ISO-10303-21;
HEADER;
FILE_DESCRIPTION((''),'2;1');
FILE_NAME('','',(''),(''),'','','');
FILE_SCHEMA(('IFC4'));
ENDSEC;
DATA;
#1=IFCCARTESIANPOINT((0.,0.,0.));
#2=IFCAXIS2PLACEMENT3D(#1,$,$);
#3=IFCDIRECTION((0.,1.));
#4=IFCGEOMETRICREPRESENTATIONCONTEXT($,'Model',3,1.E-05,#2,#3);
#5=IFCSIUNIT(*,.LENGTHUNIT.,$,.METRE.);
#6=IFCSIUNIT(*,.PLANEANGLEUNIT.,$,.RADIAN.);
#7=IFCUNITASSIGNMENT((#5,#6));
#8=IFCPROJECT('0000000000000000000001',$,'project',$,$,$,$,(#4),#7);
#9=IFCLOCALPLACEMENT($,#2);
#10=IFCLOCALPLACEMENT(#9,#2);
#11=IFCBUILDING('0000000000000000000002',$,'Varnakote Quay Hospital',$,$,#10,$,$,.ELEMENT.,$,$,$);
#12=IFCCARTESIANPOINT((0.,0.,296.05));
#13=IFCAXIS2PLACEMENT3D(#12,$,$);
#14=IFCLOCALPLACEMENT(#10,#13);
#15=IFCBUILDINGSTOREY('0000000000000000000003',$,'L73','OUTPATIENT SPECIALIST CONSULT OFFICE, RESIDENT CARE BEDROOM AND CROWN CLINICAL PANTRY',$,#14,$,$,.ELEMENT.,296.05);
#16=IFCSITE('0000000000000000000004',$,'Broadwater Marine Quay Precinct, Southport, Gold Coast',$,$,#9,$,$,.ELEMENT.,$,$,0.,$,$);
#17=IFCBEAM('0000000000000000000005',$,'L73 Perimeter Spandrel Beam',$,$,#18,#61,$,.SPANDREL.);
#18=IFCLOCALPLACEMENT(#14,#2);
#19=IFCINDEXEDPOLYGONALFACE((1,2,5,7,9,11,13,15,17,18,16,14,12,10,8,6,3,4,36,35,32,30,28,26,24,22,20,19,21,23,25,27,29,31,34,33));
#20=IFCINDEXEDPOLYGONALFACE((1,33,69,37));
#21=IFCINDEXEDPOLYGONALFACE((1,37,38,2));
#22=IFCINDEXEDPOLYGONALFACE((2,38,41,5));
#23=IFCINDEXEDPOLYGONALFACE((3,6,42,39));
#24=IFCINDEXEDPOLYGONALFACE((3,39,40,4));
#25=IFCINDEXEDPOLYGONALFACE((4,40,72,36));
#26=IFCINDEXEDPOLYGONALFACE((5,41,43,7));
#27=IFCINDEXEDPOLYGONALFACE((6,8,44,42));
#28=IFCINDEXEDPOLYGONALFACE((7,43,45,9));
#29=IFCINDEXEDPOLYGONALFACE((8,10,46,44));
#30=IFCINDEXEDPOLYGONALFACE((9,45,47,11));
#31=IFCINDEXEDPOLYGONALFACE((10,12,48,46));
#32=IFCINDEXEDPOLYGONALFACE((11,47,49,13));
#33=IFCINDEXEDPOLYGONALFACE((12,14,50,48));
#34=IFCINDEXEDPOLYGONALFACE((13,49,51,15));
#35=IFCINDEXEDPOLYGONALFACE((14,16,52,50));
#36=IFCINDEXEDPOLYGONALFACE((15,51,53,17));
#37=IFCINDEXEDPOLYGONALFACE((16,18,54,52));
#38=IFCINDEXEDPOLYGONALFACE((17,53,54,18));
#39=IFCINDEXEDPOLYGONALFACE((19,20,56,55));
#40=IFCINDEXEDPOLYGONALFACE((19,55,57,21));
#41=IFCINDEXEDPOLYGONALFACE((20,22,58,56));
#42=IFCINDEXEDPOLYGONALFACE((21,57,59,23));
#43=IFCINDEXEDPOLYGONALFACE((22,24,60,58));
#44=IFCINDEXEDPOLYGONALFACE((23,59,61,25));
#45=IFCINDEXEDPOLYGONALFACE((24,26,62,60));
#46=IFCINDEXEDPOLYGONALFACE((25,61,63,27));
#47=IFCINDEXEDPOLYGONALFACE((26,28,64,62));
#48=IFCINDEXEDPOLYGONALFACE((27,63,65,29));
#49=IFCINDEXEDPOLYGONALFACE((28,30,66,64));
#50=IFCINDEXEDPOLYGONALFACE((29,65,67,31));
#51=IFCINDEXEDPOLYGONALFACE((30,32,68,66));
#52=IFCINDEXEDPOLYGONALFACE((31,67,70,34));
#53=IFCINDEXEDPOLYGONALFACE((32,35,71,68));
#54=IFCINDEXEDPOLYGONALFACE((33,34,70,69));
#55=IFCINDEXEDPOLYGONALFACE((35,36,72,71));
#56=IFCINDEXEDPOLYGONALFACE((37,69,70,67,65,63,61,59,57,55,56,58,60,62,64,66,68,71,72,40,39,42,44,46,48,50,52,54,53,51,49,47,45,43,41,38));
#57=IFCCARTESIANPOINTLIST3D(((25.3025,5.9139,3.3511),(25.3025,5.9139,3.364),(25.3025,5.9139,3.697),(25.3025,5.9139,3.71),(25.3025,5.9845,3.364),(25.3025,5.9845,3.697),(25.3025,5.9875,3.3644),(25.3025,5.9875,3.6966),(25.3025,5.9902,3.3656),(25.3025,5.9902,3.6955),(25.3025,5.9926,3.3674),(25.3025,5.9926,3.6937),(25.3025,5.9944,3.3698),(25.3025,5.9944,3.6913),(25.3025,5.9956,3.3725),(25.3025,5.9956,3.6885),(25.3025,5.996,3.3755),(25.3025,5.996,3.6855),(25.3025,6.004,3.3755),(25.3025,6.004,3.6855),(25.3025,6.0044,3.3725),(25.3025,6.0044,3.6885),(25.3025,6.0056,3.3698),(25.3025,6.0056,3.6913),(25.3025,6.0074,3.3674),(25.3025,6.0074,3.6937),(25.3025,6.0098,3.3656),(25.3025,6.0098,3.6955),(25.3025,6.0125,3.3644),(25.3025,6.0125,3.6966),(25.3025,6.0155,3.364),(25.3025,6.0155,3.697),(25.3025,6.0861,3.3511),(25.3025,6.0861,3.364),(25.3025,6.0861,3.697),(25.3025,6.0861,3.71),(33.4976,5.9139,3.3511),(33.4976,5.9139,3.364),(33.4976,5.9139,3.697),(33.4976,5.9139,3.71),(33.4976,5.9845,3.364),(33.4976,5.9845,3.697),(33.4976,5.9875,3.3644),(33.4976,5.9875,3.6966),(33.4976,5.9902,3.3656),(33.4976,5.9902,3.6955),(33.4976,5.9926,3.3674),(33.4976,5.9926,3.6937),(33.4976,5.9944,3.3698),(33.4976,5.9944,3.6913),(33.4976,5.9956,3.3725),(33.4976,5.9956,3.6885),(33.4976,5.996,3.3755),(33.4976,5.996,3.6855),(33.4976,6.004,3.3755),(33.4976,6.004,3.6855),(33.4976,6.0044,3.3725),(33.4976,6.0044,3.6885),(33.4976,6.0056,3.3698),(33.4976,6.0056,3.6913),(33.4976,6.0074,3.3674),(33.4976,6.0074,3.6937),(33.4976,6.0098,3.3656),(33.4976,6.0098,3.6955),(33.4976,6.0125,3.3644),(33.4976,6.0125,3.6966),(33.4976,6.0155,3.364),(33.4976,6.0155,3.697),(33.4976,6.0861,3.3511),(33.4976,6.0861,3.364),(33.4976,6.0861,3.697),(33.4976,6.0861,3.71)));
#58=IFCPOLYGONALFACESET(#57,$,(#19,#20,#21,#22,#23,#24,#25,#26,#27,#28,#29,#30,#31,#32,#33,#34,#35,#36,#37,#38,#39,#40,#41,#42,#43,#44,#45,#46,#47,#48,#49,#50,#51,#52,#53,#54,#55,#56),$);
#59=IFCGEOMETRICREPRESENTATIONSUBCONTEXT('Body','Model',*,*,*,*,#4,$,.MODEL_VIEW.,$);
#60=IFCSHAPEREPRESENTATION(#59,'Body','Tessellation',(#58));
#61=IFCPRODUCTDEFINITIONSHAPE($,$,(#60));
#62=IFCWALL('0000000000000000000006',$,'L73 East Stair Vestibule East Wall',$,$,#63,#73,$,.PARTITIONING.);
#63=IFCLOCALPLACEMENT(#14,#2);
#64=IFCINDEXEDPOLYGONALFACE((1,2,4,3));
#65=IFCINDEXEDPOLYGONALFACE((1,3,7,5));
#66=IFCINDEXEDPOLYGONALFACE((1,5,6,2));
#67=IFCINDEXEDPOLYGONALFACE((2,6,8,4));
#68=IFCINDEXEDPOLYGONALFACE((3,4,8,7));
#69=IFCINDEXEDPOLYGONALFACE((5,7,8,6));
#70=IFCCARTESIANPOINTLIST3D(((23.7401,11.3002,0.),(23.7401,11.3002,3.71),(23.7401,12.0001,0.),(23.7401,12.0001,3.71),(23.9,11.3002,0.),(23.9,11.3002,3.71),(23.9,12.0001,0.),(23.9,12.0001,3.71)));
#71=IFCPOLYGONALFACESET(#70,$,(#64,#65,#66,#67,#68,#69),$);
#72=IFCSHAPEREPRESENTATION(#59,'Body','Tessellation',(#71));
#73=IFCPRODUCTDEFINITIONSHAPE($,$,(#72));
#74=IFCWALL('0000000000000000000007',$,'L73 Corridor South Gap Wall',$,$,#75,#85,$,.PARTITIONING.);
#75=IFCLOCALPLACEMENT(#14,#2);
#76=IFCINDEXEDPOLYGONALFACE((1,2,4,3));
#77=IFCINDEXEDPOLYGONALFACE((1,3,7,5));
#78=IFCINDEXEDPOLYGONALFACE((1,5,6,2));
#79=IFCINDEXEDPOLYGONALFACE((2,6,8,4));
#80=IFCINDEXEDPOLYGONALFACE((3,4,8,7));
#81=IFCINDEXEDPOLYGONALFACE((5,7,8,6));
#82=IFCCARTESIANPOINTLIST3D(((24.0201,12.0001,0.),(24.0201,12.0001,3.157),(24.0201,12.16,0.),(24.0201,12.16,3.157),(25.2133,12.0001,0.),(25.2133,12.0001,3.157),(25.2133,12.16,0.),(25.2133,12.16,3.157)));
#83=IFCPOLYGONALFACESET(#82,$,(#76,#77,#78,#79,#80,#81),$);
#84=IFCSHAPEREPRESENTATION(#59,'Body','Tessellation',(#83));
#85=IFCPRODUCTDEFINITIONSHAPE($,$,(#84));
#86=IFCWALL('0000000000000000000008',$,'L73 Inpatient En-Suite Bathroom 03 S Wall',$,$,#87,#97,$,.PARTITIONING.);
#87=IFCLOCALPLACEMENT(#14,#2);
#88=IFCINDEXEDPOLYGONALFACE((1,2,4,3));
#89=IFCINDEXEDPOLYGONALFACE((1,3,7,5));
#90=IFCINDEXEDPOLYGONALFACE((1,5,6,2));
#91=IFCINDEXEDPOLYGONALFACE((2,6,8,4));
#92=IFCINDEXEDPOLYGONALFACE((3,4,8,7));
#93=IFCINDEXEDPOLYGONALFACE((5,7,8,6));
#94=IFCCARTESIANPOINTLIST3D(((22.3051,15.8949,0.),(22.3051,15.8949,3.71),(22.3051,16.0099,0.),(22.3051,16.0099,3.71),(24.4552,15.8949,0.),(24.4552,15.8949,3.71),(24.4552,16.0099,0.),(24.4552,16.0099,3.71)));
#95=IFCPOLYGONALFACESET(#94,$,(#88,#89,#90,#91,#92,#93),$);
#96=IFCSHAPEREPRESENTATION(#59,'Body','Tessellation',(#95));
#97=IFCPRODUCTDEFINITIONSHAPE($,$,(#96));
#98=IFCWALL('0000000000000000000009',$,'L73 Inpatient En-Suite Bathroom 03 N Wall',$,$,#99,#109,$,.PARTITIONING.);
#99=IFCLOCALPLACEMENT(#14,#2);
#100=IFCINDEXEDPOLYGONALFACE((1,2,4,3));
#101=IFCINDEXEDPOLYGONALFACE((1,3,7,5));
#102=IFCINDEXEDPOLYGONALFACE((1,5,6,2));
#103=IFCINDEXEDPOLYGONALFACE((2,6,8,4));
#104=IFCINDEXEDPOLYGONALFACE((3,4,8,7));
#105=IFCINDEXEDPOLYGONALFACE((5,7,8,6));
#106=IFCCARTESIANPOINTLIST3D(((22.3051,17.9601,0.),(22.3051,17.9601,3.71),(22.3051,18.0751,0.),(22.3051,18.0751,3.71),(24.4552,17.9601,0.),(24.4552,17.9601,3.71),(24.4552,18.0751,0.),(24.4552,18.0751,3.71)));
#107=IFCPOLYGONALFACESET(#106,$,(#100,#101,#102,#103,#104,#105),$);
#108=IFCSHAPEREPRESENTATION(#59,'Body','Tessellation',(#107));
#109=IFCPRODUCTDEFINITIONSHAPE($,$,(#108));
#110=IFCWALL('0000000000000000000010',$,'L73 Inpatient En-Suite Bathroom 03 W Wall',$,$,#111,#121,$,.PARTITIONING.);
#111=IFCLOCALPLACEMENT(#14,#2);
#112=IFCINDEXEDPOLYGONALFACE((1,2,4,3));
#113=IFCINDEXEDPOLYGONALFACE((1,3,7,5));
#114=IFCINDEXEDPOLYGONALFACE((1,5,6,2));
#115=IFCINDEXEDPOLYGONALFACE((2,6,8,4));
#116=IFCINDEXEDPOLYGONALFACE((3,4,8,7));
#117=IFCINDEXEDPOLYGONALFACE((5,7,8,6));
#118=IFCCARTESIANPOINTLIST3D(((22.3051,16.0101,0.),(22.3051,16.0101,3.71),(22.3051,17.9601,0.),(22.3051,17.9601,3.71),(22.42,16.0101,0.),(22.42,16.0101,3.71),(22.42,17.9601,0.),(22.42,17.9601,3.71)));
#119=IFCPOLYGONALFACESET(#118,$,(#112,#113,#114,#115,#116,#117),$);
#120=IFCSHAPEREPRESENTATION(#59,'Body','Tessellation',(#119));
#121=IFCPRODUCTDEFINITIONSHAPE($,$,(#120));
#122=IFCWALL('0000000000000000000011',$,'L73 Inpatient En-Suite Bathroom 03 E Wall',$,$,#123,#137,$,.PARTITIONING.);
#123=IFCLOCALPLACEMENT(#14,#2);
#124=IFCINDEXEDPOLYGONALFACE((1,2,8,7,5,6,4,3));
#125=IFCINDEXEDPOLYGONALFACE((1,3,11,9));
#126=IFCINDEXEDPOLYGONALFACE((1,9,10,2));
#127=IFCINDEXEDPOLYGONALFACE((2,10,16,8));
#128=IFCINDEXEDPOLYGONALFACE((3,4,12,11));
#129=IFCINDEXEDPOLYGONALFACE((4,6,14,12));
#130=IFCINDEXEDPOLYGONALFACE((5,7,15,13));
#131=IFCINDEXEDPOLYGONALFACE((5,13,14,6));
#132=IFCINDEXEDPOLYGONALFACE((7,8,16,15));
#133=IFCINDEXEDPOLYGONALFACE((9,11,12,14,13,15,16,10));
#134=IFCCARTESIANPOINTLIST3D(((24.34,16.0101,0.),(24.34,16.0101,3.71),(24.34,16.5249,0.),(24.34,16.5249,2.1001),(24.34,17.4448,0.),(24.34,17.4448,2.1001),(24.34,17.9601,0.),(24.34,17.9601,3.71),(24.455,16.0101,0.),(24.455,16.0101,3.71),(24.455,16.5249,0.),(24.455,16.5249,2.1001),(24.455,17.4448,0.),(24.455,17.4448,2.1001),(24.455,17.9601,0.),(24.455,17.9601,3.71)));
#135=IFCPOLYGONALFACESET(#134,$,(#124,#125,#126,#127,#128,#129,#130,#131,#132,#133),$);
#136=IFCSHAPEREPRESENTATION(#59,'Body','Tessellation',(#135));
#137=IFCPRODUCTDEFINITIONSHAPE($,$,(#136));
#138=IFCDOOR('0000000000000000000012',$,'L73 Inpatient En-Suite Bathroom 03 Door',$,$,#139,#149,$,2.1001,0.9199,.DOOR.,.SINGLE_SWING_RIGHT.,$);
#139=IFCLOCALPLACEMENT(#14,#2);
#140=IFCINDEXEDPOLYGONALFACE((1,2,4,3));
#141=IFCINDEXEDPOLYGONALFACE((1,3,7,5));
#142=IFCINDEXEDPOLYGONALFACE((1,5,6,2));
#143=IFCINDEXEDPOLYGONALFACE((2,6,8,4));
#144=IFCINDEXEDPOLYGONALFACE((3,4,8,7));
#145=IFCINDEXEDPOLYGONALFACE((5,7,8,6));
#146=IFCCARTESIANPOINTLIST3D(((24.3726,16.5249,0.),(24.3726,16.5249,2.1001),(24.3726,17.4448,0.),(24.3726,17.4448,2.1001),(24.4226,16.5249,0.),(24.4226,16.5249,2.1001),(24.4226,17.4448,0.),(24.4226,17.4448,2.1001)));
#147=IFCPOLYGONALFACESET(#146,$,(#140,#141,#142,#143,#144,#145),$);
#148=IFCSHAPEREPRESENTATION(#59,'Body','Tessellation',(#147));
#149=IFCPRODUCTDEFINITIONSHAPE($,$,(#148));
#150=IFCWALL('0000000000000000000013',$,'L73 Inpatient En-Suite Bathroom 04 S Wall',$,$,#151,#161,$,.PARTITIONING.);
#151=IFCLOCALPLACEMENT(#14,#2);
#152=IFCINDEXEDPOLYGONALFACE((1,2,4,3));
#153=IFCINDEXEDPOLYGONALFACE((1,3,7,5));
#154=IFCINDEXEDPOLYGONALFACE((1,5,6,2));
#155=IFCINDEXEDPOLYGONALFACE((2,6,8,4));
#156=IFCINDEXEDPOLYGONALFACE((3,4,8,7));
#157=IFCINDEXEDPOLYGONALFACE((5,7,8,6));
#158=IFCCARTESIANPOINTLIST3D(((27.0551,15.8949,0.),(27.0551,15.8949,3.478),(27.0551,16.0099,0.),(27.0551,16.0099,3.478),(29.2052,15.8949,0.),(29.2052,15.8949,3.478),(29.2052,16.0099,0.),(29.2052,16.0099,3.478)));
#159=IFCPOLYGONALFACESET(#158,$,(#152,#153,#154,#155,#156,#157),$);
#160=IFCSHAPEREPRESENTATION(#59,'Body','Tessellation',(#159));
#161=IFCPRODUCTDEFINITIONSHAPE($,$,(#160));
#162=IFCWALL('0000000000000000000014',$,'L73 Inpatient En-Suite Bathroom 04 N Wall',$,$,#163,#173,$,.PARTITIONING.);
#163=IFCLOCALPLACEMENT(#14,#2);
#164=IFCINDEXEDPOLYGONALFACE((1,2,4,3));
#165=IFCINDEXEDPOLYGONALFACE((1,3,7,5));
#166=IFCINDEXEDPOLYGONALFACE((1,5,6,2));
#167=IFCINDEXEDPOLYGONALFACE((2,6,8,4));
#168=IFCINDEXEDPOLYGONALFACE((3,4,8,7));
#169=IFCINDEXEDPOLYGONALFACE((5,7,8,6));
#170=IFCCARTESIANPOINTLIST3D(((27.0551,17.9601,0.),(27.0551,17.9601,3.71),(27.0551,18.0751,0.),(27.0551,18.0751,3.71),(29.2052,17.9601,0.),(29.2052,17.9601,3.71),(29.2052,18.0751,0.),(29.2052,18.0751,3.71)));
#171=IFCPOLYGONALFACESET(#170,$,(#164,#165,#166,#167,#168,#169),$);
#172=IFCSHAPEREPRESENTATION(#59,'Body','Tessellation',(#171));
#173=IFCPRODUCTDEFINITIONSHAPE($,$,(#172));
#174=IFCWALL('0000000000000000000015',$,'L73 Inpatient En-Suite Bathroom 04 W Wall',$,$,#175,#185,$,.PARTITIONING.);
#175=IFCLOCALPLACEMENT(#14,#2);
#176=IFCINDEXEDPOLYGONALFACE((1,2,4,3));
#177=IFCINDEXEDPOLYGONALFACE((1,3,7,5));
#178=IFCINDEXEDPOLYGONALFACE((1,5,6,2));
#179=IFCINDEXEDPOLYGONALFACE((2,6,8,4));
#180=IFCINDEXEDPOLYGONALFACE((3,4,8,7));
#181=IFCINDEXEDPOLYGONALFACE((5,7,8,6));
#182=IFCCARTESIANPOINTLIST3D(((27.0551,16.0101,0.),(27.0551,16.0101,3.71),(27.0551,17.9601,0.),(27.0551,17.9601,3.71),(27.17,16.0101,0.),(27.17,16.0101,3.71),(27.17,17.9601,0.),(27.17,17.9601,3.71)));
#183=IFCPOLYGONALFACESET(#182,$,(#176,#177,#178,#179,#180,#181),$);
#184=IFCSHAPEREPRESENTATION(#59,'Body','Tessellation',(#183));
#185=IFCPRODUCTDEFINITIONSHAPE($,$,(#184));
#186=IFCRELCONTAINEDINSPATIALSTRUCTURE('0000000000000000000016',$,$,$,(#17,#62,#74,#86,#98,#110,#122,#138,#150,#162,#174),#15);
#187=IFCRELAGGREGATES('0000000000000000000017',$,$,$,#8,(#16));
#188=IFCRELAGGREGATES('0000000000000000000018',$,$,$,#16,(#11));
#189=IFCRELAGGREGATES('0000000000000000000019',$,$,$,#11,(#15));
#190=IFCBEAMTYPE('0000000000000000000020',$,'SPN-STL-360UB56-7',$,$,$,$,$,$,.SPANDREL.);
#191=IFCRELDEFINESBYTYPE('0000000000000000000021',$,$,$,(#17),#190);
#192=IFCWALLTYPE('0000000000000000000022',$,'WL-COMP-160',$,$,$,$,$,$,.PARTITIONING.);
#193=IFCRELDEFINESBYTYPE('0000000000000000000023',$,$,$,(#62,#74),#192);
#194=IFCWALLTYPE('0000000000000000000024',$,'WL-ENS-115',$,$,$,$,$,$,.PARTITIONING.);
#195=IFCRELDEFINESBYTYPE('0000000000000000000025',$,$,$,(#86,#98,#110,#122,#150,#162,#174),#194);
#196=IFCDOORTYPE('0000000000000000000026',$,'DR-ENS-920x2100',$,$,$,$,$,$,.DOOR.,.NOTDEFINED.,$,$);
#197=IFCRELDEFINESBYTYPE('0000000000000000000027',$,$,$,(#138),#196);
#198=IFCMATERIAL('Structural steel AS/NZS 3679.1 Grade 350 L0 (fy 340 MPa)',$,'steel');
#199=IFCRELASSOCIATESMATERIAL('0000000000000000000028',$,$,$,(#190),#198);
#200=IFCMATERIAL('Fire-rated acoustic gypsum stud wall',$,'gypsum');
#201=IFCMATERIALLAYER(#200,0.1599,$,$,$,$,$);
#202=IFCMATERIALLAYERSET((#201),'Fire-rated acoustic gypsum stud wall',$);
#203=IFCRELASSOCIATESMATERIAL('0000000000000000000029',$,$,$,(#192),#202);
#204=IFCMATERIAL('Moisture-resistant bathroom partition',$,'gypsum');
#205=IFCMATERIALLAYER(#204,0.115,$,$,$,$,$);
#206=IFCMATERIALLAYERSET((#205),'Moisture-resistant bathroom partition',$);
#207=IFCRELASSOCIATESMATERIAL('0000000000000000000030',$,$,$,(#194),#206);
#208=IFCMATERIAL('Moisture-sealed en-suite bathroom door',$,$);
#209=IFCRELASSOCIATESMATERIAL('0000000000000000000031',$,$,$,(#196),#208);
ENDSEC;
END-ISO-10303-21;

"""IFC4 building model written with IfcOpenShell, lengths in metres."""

from ifc_helpers import new_model, si_unit, direction, frame, frame_2d, origin, origin_2d, place, context, subcontext, project, spatial, rectangle, i_section, extrude, material, layer, layer_set, material_profile, profile_set, type_object, element, fill, save


model = new_model("IFC4")

# Units and contexts
model_context = context("Model", 3, precision=1e-05, world=origin(), true_north=direction((0.0, 1.0)))
body_context = subcontext(model_context, "Body", "Model", "MODEL_VIEW")
ifc_project = project(units=[si_unit("LENGTHUNIT", "METRE"), si_unit("PLANEANGLEUNIT", "RADIAN")], contexts=[model_context])

# Site, building, storey
site_placement = place(None, origin())
site = spatial("IfcSite", under=ifc_project, at=site_placement, Name="Broadwater Marine Quay Precinct, Southport, Gold Coast", CompositionType="ELEMENT", RefElevation=0.0)
building_placement = place(site_placement, origin())
building = spatial("IfcBuilding", under=site, at=building_placement, Name="Varnakote Quay Hospital", CompositionType="ELEMENT")
storey_placement = place(building_placement, frame((0.0, 0.0, 296.05)))
storey = spatial("IfcBuildingStorey", under=building, at=storey_placement, Name="L73", Description="OUTPATIENT SPECIALIST CONSULT OFFICE, RESIDENT CARE BEDROOM AND CROWN CLINICAL PANTRY", CompositionType="ELEMENT", Elevation=296.05)

# Beam
ifc_material_1 = material(Name="Structural steel AS/NZS 3679.1 Grade 350 L0 (fy 340 MPa)", Category="steel")
ifc_material_profile_1 = material_profile(ifc_material_1, i_section(OverallWidth=0.1721, OverallDepth=0.3589, WebThickness=0.0081, FlangeThickness=0.0129, FilletRadius=0.0115, at=origin_2d()), Name="360UB56.7")
ifc_profile_set_1 = profile_set([ifc_material_profile_1], Name="Structural steel AS/NZS 3679.1 Grade 350 L0 (fy 340 MPa)")
beam_type_1 = type_object("IfcBeamType", Name="SPN-STL-360UB56-7", PredefinedType="SPANDREL", material=ifc_profile_set_1)
beam_1_placement = place(storey_placement, frame((25.3025, 6.0, 3.5305), z_axis=(1.0, 0.0, 0.0), x_axis=(0.0, 1.0, 0.0)))
element("IfcBeam", 1, at=beam_1_placement, inside=storey, type_object=beam_type_1, Name="L73 Perimeter Spandrel Beam", PredefinedType="SPANDREL", context=body_context, shape_type="SweptSolid", body=[
    extrude(i_section(OverallWidth=0.1721, OverallDepth=0.3589, WebThickness=0.0081, FlangeThickness=0.0129, FilletRadius=0.0115, at=origin_2d()), origin(), (0.0, 0.0, 1.0), 8.1951),
])

# Walls
ifc_material_2 = material(Name="Fire-rated acoustic gypsum stud wall", Category="gypsum")
ifc_layer_1 = layer(ifc_material_2, 0.1599)
ifc_layer_set_1 = layer_set([ifc_layer_1], Name="Fire-rated acoustic gypsum stud wall")
wall_type_1 = type_object("IfcWallType", Name="WL-COMP-160", PredefinedType="PARTITIONING", material=ifc_layer_set_1)
wall_1_placement = place(storey_placement, frame((23.8201, 11.3, 0.0), z_axis=(0.0, 0.0, 1.0), x_axis=(0.0, 1.0, 0.0)))
element("IfcWall", 2, at=wall_1_placement, inside=storey, type_object=wall_type_1, Name="L73 East Stair Vestibule East Wall", PredefinedType="PARTITIONING", context=body_context, shape_type="SweptSolid", body=[
    extrude(rectangle(XDim=0.7, YDim=0.1599, at=frame_2d((0.3501, 0.0))), origin(), (0.0, 0.0, 1.0), 3.71),
])
wall_2_placement = place(storey_placement, frame((24.02, 12.0801, 0.0), z_axis=(0.0, 0.0, 1.0), x_axis=(1.0, 0.0, 0.0)))
element("IfcWall", 3, at=wall_2_placement, inside=storey, type_object=wall_type_1, Name="L73 Corridor South Gap Wall", PredefinedType="PARTITIONING", context=body_context, shape_type="SweptSolid", body=[
    extrude(rectangle(XDim=1.1931, YDim=0.1599, at=frame_2d((0.5967, 0.0))), origin(), (0.0, 0.0, 1.0), 3.157),
])
ifc_material_3 = material(Name="Moisture-resistant bathroom partition", Category="gypsum")
ifc_layer_2 = layer(ifc_material_3, 0.115)
ifc_layer_set_2 = layer_set([ifc_layer_2], Name="Moisture-resistant bathroom partition")
wall_type_2 = type_object("IfcWallType", Name="WL-ENS-115", PredefinedType="PARTITIONING", material=ifc_layer_set_2)
for number, where, z_axis, x_axis, name in (
    (4, (22.3049, 15.9524, 0.0), (0.0, 0.0, 1.0), (1.0, 0.0, 0.0), "L73 Inpatient En-Suite Bathroom 03 S Wall"),
    (5, (22.3049, 18.0176, 0.0), (0.0, 0.0, 1.0), (1.0, 0.0, 0.0), "L73 Inpatient En-Suite Bathroom 03 N Wall"),
):
    element("IfcWall", number, at=place(storey_placement, frame(where, z_axis=z_axis, x_axis=x_axis)), inside=storey, type_object=wall_type_2, Name=name, PredefinedType="PARTITIONING", context=body_context, shape_type="SweptSolid", body=[
        extrude(rectangle(XDim=2.1501, YDim=0.115, at=frame_2d((1.0752, 0.0))), origin(), (0.0, 0.0, 1.0), 3.71),
    ])
wall_3_placement = place(storey_placement, frame((22.3625, 16.01, 0.0), z_axis=(0.0, 0.0, 1.0), x_axis=(0.0, 1.0, 0.0)))
element("IfcWall", 6, at=wall_3_placement, inside=storey, type_object=wall_type_2, Name="L73 Inpatient En-Suite Bathroom 03 W Wall", PredefinedType="PARTITIONING", context=body_context, shape_type="SweptSolid", body=[
    extrude(rectangle(XDim=1.95, YDim=0.115, at=frame_2d((0.9751, 0.0))), origin(), (0.0, 0.0, 1.0), 3.71),
])

# Wall, opening, door
wall_4_placement = place(storey_placement, frame((24.3975, 16.01, 0.0), z_axis=(0.0, 0.0, 1.0), x_axis=(0.0, 1.0, 0.0)))
wall_4 = element("IfcWall", 7, at=wall_4_placement, inside=storey, type_object=wall_type_2, Name="L73 Inpatient En-Suite Bathroom 03 E Wall", PredefinedType="PARTITIONING", context=body_context, shape_type="SweptSolid", body=[
    extrude(rectangle(XDim=1.95, YDim=0.115, at=frame_2d((0.9751, 0.0))), origin(), (0.0, 0.0, 1.0), 3.71),
])
opening_1_placement = place(wall_4_placement, frame((0.5149, 0.0, 0.0)))
opening_1 = element("IfcOpeningElement", 8, at=opening_1_placement, cuts=wall_4, PredefinedType="OPENING", context=body_context, shape_type="SweptSolid", body=[
    extrude(rectangle(XDim=0.9199, YDim=2.1001, at=frame_2d((0.46, 1.05))), frame((0.0, 0.0674, 0.0), z_axis=(0.0, -1.0, 0.0), x_axis=(1.0, 0.0, 0.0)), (0.0, 0.0, 1.0), 0.135),
])
ifc_material_4 = material(Name="Moisture-sealed en-suite bathroom door")
door_type_1 = type_object("IfcDoorType", Name="DR-ENS-920x2100", OperationType="NOTDEFINED", PredefinedType="DOOR", material=ifc_material_4)
door_1_placement = place(opening_1_placement, origin())
door_1 = element("IfcDoor", 9, at=door_1_placement, inside=storey, type_object=door_type_1, Name="L73 Inpatient En-Suite Bathroom 03 Door", OperationType="SINGLE_SWING_RIGHT", OverallHeight=2.1001, OverallWidth=0.9199, PredefinedType="DOOR", context=body_context, shape_type="SweptSolid", body=[
    extrude(rectangle(XDim=0.9199, YDim=2.1001, at=frame_2d((0.46, 1.05))), frame((0.0, 0.0249, 0.0), z_axis=(0.0, -1.0, 0.0), x_axis=(1.0, 0.0, 0.0)), (0.0, 0.0, 1.0), 0.05),
])
fill(opening_1, door_1)

# Walls
wall_5_placement = place(storey_placement, frame((27.0549, 15.9524, 0.0), z_axis=(0.0, 0.0, 1.0), x_axis=(1.0, 0.0, 0.0)))
element("IfcWall", 10, at=wall_5_placement, inside=storey, type_object=wall_type_2, Name="L73 Inpatient En-Suite Bathroom 04 S Wall", PredefinedType="PARTITIONING", context=body_context, shape_type="SweptSolid", body=[
    extrude(rectangle(XDim=2.1501, YDim=0.115, at=frame_2d((1.0752, 0.0))), origin(), (0.0, 0.0, 1.0), 3.478),
])
wall_6_placement = place(storey_placement, frame((27.0549, 18.0176, 0.0), z_axis=(0.0, 0.0, 1.0), x_axis=(1.0, 0.0, 0.0)))
element("IfcWall", 11, at=wall_6_placement, inside=storey, type_object=wall_type_2, Name="L73 Inpatient En-Suite Bathroom 04 N Wall", PredefinedType="PARTITIONING", context=body_context, shape_type="SweptSolid", body=[
    extrude(rectangle(XDim=2.1501, YDim=0.115, at=frame_2d((1.0752, 0.0))), origin(), (0.0, 0.0, 1.0), 3.71),
])
wall_7_placement = place(storey_placement, frame((27.1125, 16.01, 0.0), z_axis=(0.0, 0.0, 1.0), x_axis=(0.0, 1.0, 0.0)))
element("IfcWall", 12, at=wall_7_placement, inside=storey, type_object=wall_type_2, Name="L73 Inpatient En-Suite Bathroom 04 W Wall", PredefinedType="PARTITIONING", context=body_context, shape_type="SweptSolid", body=[
    extrude(rectangle(XDim=1.95, YDim=0.115, at=frame_2d((0.9751, 0.0))), origin(), (0.0, 0.0, 1.0), 3.71),
])

save(model, "model.ifc")
